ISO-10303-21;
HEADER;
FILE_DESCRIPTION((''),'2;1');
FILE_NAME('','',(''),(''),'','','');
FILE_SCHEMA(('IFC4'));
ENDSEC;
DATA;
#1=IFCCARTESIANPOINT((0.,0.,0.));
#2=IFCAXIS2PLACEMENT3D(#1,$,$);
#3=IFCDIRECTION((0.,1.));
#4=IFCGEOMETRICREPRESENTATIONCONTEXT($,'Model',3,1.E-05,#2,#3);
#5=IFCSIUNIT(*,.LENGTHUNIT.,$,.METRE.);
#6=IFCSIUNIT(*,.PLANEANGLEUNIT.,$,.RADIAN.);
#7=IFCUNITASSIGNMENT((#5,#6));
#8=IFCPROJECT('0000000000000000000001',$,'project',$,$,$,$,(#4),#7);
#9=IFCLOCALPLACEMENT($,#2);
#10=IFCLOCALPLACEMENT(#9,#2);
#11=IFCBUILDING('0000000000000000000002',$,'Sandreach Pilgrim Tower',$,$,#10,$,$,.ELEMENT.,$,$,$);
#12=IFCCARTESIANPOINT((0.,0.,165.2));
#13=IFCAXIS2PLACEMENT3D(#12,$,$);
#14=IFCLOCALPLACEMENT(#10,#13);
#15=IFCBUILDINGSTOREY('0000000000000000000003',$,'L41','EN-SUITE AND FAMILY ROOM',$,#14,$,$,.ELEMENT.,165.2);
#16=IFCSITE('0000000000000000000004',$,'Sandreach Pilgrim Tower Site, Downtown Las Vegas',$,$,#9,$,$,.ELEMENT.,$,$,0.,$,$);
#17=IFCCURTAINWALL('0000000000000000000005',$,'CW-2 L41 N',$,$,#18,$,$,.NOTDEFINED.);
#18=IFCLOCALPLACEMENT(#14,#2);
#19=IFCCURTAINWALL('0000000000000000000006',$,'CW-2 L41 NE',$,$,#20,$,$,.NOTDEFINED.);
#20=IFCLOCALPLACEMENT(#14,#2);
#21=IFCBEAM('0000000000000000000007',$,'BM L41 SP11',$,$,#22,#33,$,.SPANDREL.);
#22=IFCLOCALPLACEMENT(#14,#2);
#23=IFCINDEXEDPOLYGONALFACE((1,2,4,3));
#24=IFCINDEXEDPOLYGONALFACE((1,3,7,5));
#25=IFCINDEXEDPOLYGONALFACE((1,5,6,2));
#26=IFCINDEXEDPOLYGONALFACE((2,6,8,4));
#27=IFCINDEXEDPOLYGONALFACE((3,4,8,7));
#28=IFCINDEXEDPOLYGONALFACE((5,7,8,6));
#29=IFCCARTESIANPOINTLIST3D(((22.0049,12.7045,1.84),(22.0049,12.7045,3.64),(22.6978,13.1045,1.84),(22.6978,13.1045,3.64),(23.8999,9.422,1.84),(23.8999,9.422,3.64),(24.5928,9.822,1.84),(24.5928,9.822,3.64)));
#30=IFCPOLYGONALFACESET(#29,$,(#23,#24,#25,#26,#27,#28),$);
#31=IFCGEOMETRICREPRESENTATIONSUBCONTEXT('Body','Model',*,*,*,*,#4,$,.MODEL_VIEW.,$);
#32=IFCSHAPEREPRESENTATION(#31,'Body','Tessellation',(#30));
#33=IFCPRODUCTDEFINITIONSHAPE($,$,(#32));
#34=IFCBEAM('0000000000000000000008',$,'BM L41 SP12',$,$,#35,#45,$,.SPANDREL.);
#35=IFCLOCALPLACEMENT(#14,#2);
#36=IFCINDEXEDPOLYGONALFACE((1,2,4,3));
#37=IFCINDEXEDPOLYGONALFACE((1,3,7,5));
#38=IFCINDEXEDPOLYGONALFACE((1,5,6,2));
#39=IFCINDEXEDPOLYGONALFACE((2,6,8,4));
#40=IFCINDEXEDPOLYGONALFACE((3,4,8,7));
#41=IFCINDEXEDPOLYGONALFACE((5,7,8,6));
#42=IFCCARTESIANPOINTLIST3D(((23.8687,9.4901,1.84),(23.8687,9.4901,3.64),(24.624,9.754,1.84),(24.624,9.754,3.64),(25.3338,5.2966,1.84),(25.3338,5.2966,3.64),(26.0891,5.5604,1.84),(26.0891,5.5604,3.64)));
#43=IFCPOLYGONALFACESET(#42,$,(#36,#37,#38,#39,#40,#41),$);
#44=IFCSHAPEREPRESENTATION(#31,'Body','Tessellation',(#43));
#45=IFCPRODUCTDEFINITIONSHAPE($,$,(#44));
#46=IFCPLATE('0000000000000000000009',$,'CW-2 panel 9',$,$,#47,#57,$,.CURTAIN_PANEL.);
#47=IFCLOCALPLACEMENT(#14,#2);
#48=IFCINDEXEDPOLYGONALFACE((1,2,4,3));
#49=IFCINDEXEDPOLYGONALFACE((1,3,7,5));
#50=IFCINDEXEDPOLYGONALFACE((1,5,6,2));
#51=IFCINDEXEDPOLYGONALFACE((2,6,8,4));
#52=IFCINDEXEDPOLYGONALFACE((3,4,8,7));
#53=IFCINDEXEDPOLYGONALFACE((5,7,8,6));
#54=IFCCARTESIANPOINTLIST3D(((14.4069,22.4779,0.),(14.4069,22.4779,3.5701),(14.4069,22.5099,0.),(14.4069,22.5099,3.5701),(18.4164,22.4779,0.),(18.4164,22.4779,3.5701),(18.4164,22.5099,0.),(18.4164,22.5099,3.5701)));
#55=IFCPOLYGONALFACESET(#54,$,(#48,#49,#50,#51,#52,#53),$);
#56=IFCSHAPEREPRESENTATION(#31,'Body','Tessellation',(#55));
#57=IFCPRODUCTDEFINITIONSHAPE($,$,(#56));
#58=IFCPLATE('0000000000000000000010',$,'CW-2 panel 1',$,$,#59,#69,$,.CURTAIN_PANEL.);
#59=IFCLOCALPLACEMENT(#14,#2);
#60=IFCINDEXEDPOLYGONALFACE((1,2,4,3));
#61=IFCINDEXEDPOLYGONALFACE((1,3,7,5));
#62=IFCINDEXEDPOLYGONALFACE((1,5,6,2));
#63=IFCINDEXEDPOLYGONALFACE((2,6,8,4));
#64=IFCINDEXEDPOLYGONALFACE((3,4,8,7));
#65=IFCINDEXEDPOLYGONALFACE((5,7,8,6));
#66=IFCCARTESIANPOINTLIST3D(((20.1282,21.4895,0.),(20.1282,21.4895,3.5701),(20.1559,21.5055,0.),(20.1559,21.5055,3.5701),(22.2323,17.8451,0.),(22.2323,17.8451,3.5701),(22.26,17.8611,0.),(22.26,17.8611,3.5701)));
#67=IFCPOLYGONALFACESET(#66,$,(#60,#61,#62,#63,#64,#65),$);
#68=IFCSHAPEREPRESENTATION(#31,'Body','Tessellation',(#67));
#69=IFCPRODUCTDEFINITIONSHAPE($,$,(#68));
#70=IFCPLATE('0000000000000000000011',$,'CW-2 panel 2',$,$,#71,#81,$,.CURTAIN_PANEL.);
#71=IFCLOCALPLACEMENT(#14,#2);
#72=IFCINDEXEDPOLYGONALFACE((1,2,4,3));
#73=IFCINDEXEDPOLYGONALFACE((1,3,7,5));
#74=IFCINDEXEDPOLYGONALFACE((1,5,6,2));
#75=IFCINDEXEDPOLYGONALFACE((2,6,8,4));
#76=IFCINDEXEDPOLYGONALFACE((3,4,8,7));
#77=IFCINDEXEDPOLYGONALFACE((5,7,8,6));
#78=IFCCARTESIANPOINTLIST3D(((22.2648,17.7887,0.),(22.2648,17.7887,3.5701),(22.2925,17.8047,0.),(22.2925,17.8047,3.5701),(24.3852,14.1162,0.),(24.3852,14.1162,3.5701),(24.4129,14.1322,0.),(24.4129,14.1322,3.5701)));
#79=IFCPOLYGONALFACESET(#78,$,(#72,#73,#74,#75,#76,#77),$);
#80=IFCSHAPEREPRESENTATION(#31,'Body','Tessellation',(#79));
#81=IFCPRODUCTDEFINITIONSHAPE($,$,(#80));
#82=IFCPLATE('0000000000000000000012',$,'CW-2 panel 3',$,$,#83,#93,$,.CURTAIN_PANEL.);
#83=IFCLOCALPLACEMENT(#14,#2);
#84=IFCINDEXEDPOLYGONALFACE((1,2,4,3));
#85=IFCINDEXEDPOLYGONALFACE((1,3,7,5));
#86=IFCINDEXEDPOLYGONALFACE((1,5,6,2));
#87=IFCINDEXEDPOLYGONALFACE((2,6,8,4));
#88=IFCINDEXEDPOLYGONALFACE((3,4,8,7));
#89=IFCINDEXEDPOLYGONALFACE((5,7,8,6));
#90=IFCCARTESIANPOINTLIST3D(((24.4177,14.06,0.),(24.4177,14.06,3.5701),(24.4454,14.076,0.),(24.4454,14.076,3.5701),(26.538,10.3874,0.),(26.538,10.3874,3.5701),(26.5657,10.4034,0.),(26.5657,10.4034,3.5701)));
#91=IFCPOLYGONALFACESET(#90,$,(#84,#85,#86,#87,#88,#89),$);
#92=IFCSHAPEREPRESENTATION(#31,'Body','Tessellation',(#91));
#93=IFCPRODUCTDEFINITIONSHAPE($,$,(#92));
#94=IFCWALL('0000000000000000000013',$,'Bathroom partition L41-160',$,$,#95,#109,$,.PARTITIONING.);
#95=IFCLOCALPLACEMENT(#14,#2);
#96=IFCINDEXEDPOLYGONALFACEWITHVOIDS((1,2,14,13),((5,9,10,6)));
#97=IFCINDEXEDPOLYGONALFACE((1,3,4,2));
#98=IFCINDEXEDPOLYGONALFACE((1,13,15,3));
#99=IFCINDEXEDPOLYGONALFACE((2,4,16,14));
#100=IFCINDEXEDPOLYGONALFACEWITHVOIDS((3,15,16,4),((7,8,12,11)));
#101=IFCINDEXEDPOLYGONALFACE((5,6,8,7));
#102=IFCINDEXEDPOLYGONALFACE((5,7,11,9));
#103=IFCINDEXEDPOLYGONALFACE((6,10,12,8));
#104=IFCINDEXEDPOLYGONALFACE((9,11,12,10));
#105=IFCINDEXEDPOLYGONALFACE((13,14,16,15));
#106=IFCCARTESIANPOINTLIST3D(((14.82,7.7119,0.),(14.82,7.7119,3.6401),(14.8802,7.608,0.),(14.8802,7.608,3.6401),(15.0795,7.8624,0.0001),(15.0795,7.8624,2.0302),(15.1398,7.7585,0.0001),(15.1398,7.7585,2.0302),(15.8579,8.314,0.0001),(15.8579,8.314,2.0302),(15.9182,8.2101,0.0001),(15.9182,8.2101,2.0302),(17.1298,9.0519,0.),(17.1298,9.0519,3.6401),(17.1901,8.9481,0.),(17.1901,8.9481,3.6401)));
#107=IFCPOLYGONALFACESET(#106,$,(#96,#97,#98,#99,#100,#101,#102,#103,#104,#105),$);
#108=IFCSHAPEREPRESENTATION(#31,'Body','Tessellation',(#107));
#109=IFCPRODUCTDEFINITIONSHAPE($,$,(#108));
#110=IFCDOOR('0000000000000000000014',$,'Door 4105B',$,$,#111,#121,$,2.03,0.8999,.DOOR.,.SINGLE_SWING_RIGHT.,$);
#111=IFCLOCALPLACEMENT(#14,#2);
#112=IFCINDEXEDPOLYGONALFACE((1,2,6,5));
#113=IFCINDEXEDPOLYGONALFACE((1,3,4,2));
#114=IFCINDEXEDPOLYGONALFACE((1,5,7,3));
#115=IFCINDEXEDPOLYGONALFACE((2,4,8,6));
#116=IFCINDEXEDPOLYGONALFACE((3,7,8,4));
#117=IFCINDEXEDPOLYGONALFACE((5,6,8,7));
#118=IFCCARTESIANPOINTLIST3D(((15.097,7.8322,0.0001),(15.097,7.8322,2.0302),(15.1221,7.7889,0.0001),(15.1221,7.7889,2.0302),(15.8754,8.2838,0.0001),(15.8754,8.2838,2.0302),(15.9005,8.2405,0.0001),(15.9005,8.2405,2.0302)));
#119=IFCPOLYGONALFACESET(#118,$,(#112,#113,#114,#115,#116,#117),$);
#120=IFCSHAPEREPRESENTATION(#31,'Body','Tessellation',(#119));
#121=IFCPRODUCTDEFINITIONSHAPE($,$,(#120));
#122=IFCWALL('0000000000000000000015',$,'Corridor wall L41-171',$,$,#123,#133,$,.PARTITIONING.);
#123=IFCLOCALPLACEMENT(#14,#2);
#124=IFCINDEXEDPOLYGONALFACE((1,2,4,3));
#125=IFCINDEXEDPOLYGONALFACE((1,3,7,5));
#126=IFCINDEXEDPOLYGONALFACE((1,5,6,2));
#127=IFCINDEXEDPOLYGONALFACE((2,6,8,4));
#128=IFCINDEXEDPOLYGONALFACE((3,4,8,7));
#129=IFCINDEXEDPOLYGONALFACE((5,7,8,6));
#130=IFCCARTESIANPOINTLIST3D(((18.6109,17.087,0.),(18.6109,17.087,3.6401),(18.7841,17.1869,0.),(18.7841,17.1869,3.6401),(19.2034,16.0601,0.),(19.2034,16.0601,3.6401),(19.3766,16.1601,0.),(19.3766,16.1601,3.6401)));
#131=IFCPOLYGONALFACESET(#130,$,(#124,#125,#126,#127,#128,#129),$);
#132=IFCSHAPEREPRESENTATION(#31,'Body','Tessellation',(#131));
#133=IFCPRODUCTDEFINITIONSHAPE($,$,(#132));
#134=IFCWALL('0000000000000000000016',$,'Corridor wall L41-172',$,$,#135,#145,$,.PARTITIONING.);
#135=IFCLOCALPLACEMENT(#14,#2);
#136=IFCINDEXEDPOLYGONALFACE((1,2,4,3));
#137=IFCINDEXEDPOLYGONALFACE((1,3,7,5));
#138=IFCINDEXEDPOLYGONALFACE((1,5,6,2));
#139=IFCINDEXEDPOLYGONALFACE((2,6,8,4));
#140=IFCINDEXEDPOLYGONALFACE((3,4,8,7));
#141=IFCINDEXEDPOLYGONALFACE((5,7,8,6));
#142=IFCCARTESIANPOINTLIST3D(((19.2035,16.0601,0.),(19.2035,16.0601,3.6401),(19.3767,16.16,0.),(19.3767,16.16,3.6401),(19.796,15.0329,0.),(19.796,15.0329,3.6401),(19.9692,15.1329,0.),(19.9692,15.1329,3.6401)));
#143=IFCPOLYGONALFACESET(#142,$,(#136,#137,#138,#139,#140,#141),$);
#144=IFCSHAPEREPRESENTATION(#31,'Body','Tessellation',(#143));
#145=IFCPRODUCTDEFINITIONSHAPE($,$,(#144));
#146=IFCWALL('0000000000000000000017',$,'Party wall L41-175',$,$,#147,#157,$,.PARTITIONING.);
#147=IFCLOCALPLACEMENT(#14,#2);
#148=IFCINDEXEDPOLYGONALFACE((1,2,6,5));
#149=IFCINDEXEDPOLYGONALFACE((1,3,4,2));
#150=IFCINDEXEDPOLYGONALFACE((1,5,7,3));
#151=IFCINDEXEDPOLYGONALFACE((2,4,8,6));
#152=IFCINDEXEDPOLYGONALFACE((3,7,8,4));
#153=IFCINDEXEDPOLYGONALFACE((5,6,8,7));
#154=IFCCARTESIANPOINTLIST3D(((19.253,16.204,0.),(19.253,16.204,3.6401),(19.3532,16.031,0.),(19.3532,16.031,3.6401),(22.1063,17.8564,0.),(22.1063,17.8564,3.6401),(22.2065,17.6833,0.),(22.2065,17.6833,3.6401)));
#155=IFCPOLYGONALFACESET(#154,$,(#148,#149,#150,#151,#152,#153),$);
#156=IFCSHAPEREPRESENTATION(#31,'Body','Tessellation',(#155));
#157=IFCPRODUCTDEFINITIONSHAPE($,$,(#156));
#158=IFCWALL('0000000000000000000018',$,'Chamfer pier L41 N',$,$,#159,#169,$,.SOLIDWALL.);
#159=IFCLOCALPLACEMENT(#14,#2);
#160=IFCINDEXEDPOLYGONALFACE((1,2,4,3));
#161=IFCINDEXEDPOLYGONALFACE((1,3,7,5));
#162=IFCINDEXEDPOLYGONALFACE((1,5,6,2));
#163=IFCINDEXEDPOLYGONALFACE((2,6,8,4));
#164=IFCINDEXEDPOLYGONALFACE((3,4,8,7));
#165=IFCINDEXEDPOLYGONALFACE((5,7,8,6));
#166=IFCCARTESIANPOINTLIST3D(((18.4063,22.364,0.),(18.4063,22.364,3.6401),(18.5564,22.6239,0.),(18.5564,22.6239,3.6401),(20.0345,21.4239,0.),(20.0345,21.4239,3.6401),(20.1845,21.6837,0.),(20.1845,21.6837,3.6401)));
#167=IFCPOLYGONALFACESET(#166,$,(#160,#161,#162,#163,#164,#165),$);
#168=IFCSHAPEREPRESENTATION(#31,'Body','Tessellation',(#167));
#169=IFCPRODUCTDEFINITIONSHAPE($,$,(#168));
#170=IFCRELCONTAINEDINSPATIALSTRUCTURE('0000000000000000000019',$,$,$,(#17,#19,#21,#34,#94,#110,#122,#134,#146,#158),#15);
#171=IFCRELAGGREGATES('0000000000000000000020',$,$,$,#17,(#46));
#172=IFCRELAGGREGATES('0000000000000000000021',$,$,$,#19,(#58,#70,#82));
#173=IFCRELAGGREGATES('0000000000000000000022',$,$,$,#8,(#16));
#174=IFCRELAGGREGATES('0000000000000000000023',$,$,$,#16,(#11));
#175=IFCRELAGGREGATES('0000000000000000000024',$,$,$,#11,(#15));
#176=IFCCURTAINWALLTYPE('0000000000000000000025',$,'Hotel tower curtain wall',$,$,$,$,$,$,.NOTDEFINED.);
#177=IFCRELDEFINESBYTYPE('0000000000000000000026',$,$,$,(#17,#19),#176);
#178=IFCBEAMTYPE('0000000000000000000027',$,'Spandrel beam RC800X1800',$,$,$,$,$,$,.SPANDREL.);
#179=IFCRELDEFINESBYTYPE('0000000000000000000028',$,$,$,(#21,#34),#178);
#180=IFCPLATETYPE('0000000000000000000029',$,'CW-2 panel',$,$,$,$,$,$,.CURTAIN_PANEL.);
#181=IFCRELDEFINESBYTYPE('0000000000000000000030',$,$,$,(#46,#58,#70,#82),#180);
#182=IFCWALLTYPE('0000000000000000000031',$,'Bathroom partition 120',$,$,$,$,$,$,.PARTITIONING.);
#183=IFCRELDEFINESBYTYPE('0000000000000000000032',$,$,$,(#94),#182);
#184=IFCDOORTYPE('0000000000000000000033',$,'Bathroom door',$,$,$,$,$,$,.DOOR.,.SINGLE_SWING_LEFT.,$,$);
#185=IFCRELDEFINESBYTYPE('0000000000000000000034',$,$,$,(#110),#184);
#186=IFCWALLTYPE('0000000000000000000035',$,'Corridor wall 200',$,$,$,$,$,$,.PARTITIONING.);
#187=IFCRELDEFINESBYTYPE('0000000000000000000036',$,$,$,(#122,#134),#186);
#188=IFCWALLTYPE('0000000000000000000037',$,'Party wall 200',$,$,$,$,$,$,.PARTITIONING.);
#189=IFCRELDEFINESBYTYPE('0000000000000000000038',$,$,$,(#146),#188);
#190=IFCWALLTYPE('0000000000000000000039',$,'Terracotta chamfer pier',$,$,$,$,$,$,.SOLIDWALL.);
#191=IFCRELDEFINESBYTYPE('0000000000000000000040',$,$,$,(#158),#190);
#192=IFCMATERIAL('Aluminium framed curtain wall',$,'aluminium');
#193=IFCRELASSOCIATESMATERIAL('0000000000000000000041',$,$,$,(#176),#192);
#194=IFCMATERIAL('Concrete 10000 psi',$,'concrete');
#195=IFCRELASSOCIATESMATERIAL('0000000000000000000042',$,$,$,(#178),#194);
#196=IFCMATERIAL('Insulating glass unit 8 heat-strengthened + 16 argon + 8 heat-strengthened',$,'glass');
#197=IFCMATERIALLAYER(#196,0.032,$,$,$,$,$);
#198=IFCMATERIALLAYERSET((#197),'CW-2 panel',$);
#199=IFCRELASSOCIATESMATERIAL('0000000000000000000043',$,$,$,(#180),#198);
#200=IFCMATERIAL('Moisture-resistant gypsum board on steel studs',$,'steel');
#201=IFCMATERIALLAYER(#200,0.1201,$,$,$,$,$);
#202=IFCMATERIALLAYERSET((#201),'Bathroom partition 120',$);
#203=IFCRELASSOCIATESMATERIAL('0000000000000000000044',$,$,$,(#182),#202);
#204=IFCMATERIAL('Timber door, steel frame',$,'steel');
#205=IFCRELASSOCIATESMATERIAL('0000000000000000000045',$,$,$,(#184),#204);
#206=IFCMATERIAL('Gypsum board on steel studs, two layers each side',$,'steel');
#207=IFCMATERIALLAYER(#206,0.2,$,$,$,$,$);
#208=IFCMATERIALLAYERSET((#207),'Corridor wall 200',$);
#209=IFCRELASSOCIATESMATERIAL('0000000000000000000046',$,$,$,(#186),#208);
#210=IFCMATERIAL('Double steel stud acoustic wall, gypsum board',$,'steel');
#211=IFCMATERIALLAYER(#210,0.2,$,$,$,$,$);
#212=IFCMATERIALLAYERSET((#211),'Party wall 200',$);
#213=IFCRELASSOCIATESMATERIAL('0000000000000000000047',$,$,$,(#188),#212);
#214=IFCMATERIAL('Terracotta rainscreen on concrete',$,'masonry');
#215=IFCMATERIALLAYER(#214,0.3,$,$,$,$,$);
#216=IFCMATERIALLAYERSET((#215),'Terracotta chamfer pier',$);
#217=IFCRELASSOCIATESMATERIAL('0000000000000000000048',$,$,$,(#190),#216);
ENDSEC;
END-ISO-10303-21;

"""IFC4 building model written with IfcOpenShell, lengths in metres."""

from ifc_helpers import new_model, si_unit, direction, frame, frame_2d, origin, origin_2d, place, context, subcontext, project, spatial, rectangle, extrude, material, layer, layer_set, material_profile, profile_set, type_object, element, fill, aggregate, save


model = new_model("IFC4")

# Units and contexts
model_context = context("Model", 3, precision=1e-05, world=origin(), true_north=direction((0.0, 1.0)))
body_context = subcontext(model_context, "Body", "Model", "MODEL_VIEW")
ifc_project = project(units=[si_unit("LENGTHUNIT", "METRE"), si_unit("PLANEANGLEUNIT", "RADIAN")], contexts=[model_context])

# Site, building, storey
site_placement = place(None, origin())
site = spatial("IfcSite", under=ifc_project, at=site_placement, Name="Sandreach Pilgrim Tower Site, Downtown Las Vegas", CompositionType="ELEMENT", RefElevation=0.0)
building_placement = place(site_placement, origin())
building = spatial("IfcBuilding", under=site, at=building_placement, Name="Sandreach Pilgrim Tower", CompositionType="ELEMENT")
storey_placement = place(building_placement, frame((0.0, 0.0, 165.2)))
storey = spatial("IfcBuildingStorey", under=building, at=storey_placement, Name="L41", Description="EN-SUITE AND FAMILY ROOM", CompositionType="ELEMENT", Elevation=165.2)

# Curtain wall
ifc_material_1 = material(Name="Aluminium framed curtain wall", Category="aluminium")
curtain_wall_type = type_object("IfcCurtainWallType", Name="Hotel tower curtain wall", PredefinedType="NOTDEFINED", material=ifc_material_1)
curtain_wall_1_placement = place(storey_placement, origin())
curtain_wall_1 = element("IfcCurtainWall", 1, at=curtain_wall_1_placement, inside=storey, type_object=curtain_wall_type, Name="CW-2 L41 N", PredefinedType="NOTDEFINED")

# Curtain wall
curtain_wall_2_placement = place(storey_placement, origin())
curtain_wall_2 = element("IfcCurtainWall", 2, at=curtain_wall_2_placement, inside=storey, type_object=curtain_wall_type, Name="CW-2 L41 NE", PredefinedType="NOTDEFINED")

# Beams
ifc_material_2 = material(Name="Concrete 10000 psi", Category="concrete")
ifc_material_profile_1 = material_profile(ifc_material_2, rectangle(XDim=0.8, YDim=1.8, at=origin_2d()), Name="RC800X1800")
ifc_profile_set_1 = profile_set([ifc_material_profile_1], Name="Concrete 10000 psi")
beam_type_1 = type_object("IfcBeamType", Name="Spandrel beam RC800X1800", PredefinedType="SPANDREL", material=ifc_profile_set_1)
for number, where, z_axis, x_axis, name in (
    (3, (22.3513, 12.9045, 2.74), (0.499977, -0.866039, 0.0), (0.866039, 0.499977, 0.0), "BM L41 SP11"),
):
    element("IfcBeam", number, at=place(storey_placement, frame(where, z_axis=z_axis, x_axis=x_axis)), inside=storey, type_object=beam_type_1, Name=name, PredefinedType="SPANDREL", context=body_context, shape_type="SweptSolid", body=[
        extrude(rectangle(XDim=0.8, YDim=1.8, at=origin_2d()), origin(), (0.0, 0.0, 1.0), 3.7903),
    ])
beam_1_placement = place(storey_placement, frame((24.2463, 9.6221, 2.74), z_axis=(0.329814, -0.944046, 0.0), x_axis=(0.944046, 0.329814, 0.0)))
element("IfcBeam", 4, at=beam_1_placement, inside=storey, type_object=beam_type_1, Name="BM L41 SP12", PredefinedType="SPANDREL", context=body_context, shape_type="SweptSolid", body=[
    extrude(rectangle(XDim=0.8, YDim=1.8, at=origin_2d()), origin(), (0.0, 0.0, 1.0), 4.4421),
])

# Plates
ifc_material_3 = material(Name="Insulating glass unit 8 heat-strengthened + 16 argon + 8 heat-strengthened", Category="glass")
ifc_layer_1 = layer(ifc_material_3, 0.032)
ifc_layer_set_1 = layer_set([ifc_layer_1], Name="CW-2 panel")
plate_type = type_object("IfcPlateType", Name="CW-2 panel", PredefinedType="CURTAIN_PANEL", material=ifc_layer_set_1)
plate_1_placement = place(storey_placement, frame((16.4116, 22.4939, 0.0), z_axis=(0.0, 0.0, 1.0), x_axis=(1.0, 0.0, 0.0)))
plate_1 = element("IfcPlate", 5, at=plate_1_placement, type_object=plate_type, Name="CW-2 panel 9", PredefinedType="CURTAIN_PANEL", context=body_context, shape_type="SweptSolid", body=[
    extrude(rectangle(XDim=4.0095, YDim=0.032, at=origin_2d()), origin(), (0.0, 0.0, 1.0), 3.5701),
])
aggregate(curtain_wall_1, [plate_1])
plate_2_placement = place(storey_placement, frame((21.1941, 19.6753, 0.0), z_axis=(0.0, 0.0, 1.0), x_axis=(0.5, -0.866025, 0.0)))
plate_2 = element("IfcPlate", 6, at=plate_2_placement, type_object=plate_type, Name="CW-2 panel 1", PredefinedType="CURTAIN_PANEL", context=body_context, shape_type="SweptSolid", body=[
    extrude(rectangle(XDim=4.2083, YDim=0.032, at=origin_2d()), origin(), (0.0, 0.0, 1.0), 3.5701),
])
plate_3_placement = place(storey_placement, frame((23.3389, 15.9604, 0.0), z_axis=(0.0, 0.0, 1.0), x_axis=(0.5, -0.866025, 0.0)))
plate_3 = element("IfcPlate", 7, at=plate_3_placement, type_object=plate_type, Name="CW-2 panel 2", PredefinedType="CURTAIN_PANEL", context=body_context, shape_type="SweptSolid", body=[
    extrude(rectangle(XDim=4.2407, YDim=0.032, at=origin_2d()), origin(), (0.0, 0.0, 1.0), 3.5701),
])
plate_4_placement = place(storey_placement, frame((25.4917, 12.2317, 0.0), z_axis=(0.0, 0.0, 1.0), x_axis=(0.5, -0.866025, 0.0)))
plate_4 = element("IfcPlate", 8, at=plate_4_placement, type_object=plate_type, Name="CW-2 panel 3", PredefinedType="CURTAIN_PANEL", context=body_context, shape_type="SweptSolid", body=[
    extrude(rectangle(XDim=4.2407, YDim=0.032, at=origin_2d()), origin(), (0.0, 0.0, 1.0), 3.5701),
])
aggregate(curtain_wall_2, [plate_2, plate_3, plate_4])

# Wall, opening, door
ifc_material_4 = material(Name="Moisture-resistant gypsum board on steel studs", Category="steel")
ifc_layer_2 = layer(ifc_material_4, 0.1201)
ifc_layer_set_2 = layer_set([ifc_layer_2], Name="Bathroom partition 120")
wall_type_1 = type_object("IfcWallType", Name="Bathroom partition 120", PredefinedType="PARTITIONING", material=ifc_layer_set_2)
wall_1_placement = place(storey_placement, frame((17.1599, 9.0, 0.0), z_axis=(0.0, 0.0, 1.0), x_axis=(-0.864967, -0.501829, 0.0)))
wall_1 = element("IfcWall", 9, at=wall_1_placement, inside=storey, type_object=wall_type_1, Name="Bathroom partition L41-160", PredefinedType="PARTITIONING", context=body_context, shape_type="SweptSolid", body=[
    extrude(rectangle(XDim=2.6704, YDim=0.1201, at=frame_2d((1.3352, 0.0))), origin(), (0.0, 0.0, 1.0), 3.6401),
])
opening_1_placement = place(wall_1_placement, frame((1.4705, 0.0, 0.0)))
opening_1 = element("IfcOpeningElement", 10, at=opening_1_placement, cuts=wall_1, PredefinedType="OPENING", context=body_context, shape_type="SweptSolid", body=[
    extrude(rectangle(XDim=0.8999, YDim=2.03, at=frame_2d((0.45, 1.0151))), frame((0.0, 0.0601, 0.0), z_axis=(0.0, -1.0, 0.0), x_axis=(1.0, 0.0, 0.0)), (0.0, 0.0, 1.0), 0.1201),
])
ifc_material_5 = material(Name="Timber door, steel frame", Category="steel")
door_type_1 = type_object("IfcDoorType", Name="Bathroom door", OperationType="SINGLE_SWING_LEFT", PredefinedType="DOOR", material=ifc_material_5)
door_1_placement = place(opening_1_placement, origin())
door_1 = element("IfcDoor", 11, at=door_1_placement, inside=storey, type_object=door_type_1, Name="Door 4105B", OperationType="SINGLE_SWING_RIGHT", OverallHeight=2.03, OverallWidth=0.8999, PredefinedType="DOOR", context=body_context, shape_type="SweptSolid", body=[
    extrude(rectangle(XDim=0.8999, YDim=2.03, at=frame_2d((0.45, 1.0151))), frame((0.0, 0.0249, 0.0), z_axis=(0.0, -1.0, 0.0), x_axis=(1.0, 0.0, 0.0)), (0.0, 0.0, 1.0), 0.05),
])
fill(opening_1, door_1)
ifc_material_6 = material(Name="Gypsum board on steel studs, two layers each side", Category="steel")
ifc_layer_3 = layer(ifc_material_6, 0.2)
ifc_layer_set_3 = layer_set([ifc_layer_3], Name="Corridor wall 200")
wall_type_2 = type_object("IfcWallType", Name="Corridor wall 200", PredefinedType="PARTITIONING", material=ifc_layer_set_3)

# Walls
wall_2_placement = place(storey_placement, frame((19.29, 16.1101, 0.0), z_axis=(0.0, 0.0, 1.0), x_axis=(-0.499794, 0.866144, 0.0)))
element("IfcWall", 12, at=wall_2_placement, inside=storey, type_object=wall_type_2, Name="Corridor wall L41-171", PredefinedType="PARTITIONING", context=body_context, shape_type="SweptSolid", body=[
    extrude(rectangle(XDim=1.1855, YDim=0.2, at=frame_2d((0.5928, 0.0))), origin(), (0.0, 0.0, 1.0), 3.6401),
])
wall_3_placement = place(storey_placement, frame((19.8826, 15.083, 0.0), z_axis=(0.0, 0.0, 1.0), x_axis=(-0.499705, 0.866196, 0.0)))
element("IfcWall", 13, at=wall_3_placement, inside=storey, type_object=wall_type_2, Name="Corridor wall L41-172", PredefinedType="PARTITIONING", context=body_context, shape_type="SweptSolid", body=[
    extrude(rectangle(XDim=1.1858, YDim=0.2, at=frame_2d((0.5928, 0.0))), origin(), (0.0, 0.0, 1.0), 3.6401),
])
ifc_material_7 = material(Name="Double steel stud acoustic wall, gypsum board", Category="steel")
ifc_layer_4 = layer(ifc_material_7, 0.2)
ifc_layer_set_4 = layer_set([ifc_layer_4], Name="Party wall 200")
wall_type_3 = type_object("IfcWallType", Name="Party wall 200", PredefinedType="PARTITIONING", material=ifc_layer_set_4)
wall_4_placement = place(storey_placement, frame((22.1562, 17.7698, 0.0), z_axis=(0.0, 0.0, 1.0), x_axis=(-0.865367, -0.501138, 0.0)))
element("IfcWall", 14, at=wall_4_placement, inside=storey, type_object=wall_type_3, Name="Party wall L41-175", PredefinedType="PARTITIONING", context=body_context, shape_type="SweptSolid", body=[
    extrude(rectangle(XDim=3.2971, YDim=0.2, at=frame_2d((1.6484, 0.0))), origin(), (0.0, 0.0, 1.0), 3.6401),
])
ifc_material_8 = material(Name="Terracotta rainscreen on concrete", Category="masonry")
ifc_layer_5 = layer(ifc_material_8, 0.3)
ifc_layer_set_5 = layer_set([ifc_layer_5], Name="Terracotta chamfer pier")
wall_type_4 = type_object("IfcWallType", Name="Terracotta chamfer pier", PredefinedType="SOLIDWALL", material=ifc_layer_set_5)
wall_5_placement = place(storey_placement, frame((18.4814, 22.4939, 0.0), z_axis=(0.0, 0.0, 1.0), x_axis=(0.865989, -0.500063, 0.0)))
element("IfcWall", 15, at=wall_5_placement, inside=storey, type_object=wall_type_4, Name="Chamfer pier L41 N", PredefinedType="SOLIDWALL", context=body_context, shape_type="SweptSolid", body=[
    extrude(rectangle(XDim=1.8801, YDim=0.3, at=frame_2d((0.9399, 0.0))), origin(), (0.0, 0.0, 1.0), 3.6401),
])

save(model, "model.ifc")
